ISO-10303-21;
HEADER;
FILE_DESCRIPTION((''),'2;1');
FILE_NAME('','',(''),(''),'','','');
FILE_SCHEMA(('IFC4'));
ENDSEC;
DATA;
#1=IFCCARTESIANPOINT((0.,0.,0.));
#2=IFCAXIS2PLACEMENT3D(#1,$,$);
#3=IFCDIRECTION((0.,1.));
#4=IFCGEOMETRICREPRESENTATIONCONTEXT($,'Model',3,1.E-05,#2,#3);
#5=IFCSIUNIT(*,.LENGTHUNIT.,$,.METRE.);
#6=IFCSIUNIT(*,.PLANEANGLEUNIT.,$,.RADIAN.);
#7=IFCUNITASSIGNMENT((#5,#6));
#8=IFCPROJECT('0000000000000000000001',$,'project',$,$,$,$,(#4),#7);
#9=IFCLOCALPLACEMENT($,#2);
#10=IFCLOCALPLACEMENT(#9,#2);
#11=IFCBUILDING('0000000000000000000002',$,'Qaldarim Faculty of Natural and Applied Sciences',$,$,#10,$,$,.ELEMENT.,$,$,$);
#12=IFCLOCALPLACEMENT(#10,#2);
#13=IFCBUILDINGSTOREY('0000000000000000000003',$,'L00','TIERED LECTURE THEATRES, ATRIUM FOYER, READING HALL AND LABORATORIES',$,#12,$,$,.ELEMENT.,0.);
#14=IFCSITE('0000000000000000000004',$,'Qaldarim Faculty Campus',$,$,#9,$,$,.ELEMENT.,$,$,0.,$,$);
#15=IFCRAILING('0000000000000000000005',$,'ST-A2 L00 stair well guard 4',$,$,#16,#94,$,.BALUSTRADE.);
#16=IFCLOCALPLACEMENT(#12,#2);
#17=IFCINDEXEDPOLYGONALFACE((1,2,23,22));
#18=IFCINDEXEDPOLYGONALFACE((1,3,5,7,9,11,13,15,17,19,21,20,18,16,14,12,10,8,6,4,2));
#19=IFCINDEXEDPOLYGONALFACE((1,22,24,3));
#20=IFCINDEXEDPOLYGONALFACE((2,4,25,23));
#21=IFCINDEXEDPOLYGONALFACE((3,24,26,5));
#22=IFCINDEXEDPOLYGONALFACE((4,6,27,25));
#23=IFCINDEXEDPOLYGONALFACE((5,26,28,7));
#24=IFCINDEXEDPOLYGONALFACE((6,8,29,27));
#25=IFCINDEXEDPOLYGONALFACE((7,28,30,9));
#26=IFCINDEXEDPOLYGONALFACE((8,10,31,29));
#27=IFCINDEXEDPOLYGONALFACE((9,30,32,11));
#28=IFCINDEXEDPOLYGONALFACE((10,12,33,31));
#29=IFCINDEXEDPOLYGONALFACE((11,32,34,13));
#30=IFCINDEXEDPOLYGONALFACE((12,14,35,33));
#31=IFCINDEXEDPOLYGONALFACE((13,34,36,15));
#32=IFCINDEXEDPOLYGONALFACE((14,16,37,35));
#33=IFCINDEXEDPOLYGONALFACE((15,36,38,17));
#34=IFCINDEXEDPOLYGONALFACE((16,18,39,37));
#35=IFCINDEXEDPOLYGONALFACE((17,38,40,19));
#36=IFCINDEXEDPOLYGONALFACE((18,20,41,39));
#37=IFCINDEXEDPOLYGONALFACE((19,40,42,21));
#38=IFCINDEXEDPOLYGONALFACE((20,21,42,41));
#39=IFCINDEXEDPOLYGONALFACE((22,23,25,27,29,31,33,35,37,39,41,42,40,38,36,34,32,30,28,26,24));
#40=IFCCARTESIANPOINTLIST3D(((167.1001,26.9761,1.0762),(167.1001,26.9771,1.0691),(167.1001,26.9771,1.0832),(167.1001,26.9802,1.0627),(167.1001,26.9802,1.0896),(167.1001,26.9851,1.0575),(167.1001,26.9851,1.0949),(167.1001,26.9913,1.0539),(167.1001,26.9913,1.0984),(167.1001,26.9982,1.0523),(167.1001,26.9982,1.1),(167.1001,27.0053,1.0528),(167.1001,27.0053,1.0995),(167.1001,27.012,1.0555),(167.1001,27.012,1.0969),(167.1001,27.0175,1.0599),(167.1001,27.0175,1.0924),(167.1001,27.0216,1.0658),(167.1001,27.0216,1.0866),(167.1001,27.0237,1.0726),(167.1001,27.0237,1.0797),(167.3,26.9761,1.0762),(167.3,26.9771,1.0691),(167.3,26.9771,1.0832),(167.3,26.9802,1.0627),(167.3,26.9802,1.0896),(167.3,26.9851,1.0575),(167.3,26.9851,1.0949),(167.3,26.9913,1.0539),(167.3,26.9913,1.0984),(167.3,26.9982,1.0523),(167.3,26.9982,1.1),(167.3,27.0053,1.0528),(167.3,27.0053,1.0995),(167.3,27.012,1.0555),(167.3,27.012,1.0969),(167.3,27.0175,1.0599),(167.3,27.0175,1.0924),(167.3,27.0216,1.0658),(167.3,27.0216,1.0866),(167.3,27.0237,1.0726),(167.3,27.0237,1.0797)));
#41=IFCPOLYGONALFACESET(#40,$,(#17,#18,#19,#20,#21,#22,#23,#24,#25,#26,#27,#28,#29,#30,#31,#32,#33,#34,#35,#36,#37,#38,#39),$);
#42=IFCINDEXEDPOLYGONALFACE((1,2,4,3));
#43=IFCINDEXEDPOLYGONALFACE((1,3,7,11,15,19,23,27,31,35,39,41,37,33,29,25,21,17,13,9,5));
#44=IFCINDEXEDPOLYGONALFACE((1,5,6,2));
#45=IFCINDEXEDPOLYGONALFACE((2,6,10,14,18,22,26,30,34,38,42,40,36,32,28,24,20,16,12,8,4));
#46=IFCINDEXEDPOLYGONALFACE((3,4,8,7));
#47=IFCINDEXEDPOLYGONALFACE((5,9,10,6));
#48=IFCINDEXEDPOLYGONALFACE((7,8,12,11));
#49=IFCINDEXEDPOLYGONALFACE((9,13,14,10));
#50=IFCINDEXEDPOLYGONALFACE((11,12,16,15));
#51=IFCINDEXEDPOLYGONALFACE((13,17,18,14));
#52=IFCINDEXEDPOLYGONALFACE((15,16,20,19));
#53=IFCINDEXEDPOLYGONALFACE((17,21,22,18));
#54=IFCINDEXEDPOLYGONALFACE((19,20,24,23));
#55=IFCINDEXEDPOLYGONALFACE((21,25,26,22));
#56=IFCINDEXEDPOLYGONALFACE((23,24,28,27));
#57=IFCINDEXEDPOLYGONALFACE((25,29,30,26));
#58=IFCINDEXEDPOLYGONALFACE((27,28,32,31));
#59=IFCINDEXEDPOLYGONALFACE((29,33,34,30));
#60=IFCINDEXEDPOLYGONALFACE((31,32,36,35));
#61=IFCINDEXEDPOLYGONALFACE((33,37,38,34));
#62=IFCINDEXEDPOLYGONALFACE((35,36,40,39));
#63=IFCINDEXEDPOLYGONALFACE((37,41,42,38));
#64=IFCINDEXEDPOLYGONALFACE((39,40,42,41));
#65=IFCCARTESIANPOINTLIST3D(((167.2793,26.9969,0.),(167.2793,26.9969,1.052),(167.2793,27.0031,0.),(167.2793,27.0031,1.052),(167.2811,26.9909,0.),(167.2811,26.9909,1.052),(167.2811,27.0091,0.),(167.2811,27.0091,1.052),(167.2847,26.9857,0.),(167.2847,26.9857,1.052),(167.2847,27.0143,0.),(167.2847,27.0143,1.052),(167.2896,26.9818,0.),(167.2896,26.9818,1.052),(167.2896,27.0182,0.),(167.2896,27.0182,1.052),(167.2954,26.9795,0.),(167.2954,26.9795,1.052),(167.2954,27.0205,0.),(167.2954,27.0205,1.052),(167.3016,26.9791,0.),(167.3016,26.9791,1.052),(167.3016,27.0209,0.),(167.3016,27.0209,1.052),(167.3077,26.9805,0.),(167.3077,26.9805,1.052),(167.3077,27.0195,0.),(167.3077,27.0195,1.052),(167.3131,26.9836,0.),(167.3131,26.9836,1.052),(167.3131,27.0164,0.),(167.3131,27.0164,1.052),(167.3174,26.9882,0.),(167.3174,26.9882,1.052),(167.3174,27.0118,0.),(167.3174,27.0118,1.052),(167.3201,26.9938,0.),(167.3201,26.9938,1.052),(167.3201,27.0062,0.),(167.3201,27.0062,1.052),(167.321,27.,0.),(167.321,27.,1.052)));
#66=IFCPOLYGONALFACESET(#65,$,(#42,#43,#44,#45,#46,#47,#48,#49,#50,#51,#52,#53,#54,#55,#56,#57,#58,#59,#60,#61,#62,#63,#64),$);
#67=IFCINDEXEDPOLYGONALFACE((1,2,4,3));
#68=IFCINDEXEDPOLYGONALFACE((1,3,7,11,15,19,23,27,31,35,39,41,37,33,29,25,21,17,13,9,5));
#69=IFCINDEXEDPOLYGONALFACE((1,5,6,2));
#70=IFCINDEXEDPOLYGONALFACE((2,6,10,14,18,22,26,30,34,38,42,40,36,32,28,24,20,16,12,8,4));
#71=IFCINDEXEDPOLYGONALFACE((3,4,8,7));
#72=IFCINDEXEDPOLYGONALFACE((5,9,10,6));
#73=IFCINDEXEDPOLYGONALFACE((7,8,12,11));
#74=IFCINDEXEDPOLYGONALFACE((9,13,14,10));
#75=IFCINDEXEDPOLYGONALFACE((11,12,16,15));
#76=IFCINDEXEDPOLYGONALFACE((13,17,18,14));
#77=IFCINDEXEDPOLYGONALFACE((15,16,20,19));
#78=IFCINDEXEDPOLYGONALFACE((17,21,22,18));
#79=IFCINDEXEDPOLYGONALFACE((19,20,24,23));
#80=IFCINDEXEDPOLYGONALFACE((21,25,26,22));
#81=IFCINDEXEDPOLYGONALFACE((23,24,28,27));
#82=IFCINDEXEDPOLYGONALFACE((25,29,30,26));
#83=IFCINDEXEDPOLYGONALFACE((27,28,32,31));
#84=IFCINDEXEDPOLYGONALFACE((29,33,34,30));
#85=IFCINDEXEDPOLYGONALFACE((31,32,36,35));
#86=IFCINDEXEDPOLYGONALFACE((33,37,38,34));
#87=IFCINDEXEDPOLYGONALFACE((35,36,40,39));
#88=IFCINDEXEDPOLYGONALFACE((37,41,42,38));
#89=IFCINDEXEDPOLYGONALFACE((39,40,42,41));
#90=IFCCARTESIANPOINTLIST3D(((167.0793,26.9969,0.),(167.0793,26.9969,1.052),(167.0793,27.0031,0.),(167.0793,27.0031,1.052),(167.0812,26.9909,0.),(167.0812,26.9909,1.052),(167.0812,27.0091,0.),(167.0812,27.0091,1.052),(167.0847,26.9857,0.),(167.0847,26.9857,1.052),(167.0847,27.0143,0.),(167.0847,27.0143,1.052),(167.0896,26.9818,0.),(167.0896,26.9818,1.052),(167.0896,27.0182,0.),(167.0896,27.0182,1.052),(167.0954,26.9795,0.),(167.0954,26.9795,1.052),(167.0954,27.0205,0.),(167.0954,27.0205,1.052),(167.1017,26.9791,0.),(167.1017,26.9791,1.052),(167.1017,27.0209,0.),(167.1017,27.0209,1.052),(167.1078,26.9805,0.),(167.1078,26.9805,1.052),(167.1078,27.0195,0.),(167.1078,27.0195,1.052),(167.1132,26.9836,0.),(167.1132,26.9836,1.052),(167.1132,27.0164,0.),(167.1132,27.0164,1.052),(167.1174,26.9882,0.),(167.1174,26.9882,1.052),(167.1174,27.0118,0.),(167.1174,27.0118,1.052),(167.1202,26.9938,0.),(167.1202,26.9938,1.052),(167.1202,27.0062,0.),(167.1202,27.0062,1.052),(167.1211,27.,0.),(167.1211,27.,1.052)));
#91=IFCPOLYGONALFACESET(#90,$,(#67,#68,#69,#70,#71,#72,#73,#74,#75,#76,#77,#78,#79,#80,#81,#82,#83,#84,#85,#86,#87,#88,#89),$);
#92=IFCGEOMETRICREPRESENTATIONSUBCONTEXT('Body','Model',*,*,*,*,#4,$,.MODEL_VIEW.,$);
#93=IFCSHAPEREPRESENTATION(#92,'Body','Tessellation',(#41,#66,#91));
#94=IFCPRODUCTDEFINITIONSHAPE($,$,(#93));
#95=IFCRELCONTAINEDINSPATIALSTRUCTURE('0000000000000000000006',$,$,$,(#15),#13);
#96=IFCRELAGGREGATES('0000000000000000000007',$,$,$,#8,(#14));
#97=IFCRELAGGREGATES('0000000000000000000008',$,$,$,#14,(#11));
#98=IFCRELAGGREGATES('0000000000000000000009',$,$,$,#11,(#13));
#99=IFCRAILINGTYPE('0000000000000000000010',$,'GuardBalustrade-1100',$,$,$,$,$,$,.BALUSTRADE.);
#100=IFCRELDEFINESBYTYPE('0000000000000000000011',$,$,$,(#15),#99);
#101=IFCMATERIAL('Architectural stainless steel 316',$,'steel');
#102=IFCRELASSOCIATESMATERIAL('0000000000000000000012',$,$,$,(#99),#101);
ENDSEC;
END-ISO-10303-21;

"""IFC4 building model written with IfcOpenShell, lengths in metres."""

from ifc_helpers import new_model, si_unit, direction, frame, origin, origin_2d, place, context, subcontext, project, spatial, circle, extrude, material, type_object, element, save


model = new_model("IFC4")

# Units and contexts
model_context = context("Model", 3, precision=1e-05, world=origin(), true_north=direction((0.0, 1.0)))
body_context = subcontext(model_context, "Body", "Model", "MODEL_VIEW")
ifc_project = project(units=[si_unit("LENGTHUNIT", "METRE"), si_unit("PLANEANGLEUNIT", "RADIAN")], contexts=[model_context])

# Site, building, storey
site_placement = place(None, origin())
site = spatial("IfcSite", under=ifc_project, at=site_placement, Name="Qaldarim Faculty Campus", CompositionType="ELEMENT", RefElevation=0.0)
building_placement = place(site_placement, origin())
building = spatial("IfcBuilding", under=site, at=building_placement, Name="Qaldarim Faculty of Natural and Applied Sciences", CompositionType="ELEMENT")
storey_placement = place(building_placement, origin())
storey = spatial("IfcBuildingStorey", under=building, at=storey_placement, Name="L00", Description="TIERED LECTURE THEATRES, ATRIUM FOYER, READING HALL AND LABORATORIES", CompositionType="ELEMENT", Elevation=0.0)

# Shared definitions
ifc_material_1 = material(Name="Architectural stainless steel 316", Category="steel")

# Railing
railing_type_1 = type_object("IfcRailingType", Name="GuardBalustrade-1100", PredefinedType="BALUSTRADE", material=ifc_material_1)
railing_1_placement = place(storey_placement, frame((167.3, 27.0, 0.0)))
element("IfcRailing", 1, at=railing_1_placement, inside=storey, type_object=railing_type_1, Name="ST-A2 L00 stair well guard 4", PredefinedType="BALUSTRADE", context=body_context, shape_type="SweptSolid", body=[
    extrude(circle(Radius=0.0239, at=origin_2d()), frame((0.0, 0.0, 1.0762), z_axis=(-1.0, 0.0, 0.0), x_axis=(0.0, -1.0, 0.0)), (0.0, 0.0, 1.0), 0.2),
    extrude(circle(Radius=0.021, at=origin_2d()), origin(), (0.0, 0.0, 1.0), 1.052),
    extrude(circle(Radius=0.021, at=origin_2d()), frame((-0.2, 0.0, 0.0)), (0.0, 0.0, 1.0), 1.052),
])

save(model, "model.ifc")
